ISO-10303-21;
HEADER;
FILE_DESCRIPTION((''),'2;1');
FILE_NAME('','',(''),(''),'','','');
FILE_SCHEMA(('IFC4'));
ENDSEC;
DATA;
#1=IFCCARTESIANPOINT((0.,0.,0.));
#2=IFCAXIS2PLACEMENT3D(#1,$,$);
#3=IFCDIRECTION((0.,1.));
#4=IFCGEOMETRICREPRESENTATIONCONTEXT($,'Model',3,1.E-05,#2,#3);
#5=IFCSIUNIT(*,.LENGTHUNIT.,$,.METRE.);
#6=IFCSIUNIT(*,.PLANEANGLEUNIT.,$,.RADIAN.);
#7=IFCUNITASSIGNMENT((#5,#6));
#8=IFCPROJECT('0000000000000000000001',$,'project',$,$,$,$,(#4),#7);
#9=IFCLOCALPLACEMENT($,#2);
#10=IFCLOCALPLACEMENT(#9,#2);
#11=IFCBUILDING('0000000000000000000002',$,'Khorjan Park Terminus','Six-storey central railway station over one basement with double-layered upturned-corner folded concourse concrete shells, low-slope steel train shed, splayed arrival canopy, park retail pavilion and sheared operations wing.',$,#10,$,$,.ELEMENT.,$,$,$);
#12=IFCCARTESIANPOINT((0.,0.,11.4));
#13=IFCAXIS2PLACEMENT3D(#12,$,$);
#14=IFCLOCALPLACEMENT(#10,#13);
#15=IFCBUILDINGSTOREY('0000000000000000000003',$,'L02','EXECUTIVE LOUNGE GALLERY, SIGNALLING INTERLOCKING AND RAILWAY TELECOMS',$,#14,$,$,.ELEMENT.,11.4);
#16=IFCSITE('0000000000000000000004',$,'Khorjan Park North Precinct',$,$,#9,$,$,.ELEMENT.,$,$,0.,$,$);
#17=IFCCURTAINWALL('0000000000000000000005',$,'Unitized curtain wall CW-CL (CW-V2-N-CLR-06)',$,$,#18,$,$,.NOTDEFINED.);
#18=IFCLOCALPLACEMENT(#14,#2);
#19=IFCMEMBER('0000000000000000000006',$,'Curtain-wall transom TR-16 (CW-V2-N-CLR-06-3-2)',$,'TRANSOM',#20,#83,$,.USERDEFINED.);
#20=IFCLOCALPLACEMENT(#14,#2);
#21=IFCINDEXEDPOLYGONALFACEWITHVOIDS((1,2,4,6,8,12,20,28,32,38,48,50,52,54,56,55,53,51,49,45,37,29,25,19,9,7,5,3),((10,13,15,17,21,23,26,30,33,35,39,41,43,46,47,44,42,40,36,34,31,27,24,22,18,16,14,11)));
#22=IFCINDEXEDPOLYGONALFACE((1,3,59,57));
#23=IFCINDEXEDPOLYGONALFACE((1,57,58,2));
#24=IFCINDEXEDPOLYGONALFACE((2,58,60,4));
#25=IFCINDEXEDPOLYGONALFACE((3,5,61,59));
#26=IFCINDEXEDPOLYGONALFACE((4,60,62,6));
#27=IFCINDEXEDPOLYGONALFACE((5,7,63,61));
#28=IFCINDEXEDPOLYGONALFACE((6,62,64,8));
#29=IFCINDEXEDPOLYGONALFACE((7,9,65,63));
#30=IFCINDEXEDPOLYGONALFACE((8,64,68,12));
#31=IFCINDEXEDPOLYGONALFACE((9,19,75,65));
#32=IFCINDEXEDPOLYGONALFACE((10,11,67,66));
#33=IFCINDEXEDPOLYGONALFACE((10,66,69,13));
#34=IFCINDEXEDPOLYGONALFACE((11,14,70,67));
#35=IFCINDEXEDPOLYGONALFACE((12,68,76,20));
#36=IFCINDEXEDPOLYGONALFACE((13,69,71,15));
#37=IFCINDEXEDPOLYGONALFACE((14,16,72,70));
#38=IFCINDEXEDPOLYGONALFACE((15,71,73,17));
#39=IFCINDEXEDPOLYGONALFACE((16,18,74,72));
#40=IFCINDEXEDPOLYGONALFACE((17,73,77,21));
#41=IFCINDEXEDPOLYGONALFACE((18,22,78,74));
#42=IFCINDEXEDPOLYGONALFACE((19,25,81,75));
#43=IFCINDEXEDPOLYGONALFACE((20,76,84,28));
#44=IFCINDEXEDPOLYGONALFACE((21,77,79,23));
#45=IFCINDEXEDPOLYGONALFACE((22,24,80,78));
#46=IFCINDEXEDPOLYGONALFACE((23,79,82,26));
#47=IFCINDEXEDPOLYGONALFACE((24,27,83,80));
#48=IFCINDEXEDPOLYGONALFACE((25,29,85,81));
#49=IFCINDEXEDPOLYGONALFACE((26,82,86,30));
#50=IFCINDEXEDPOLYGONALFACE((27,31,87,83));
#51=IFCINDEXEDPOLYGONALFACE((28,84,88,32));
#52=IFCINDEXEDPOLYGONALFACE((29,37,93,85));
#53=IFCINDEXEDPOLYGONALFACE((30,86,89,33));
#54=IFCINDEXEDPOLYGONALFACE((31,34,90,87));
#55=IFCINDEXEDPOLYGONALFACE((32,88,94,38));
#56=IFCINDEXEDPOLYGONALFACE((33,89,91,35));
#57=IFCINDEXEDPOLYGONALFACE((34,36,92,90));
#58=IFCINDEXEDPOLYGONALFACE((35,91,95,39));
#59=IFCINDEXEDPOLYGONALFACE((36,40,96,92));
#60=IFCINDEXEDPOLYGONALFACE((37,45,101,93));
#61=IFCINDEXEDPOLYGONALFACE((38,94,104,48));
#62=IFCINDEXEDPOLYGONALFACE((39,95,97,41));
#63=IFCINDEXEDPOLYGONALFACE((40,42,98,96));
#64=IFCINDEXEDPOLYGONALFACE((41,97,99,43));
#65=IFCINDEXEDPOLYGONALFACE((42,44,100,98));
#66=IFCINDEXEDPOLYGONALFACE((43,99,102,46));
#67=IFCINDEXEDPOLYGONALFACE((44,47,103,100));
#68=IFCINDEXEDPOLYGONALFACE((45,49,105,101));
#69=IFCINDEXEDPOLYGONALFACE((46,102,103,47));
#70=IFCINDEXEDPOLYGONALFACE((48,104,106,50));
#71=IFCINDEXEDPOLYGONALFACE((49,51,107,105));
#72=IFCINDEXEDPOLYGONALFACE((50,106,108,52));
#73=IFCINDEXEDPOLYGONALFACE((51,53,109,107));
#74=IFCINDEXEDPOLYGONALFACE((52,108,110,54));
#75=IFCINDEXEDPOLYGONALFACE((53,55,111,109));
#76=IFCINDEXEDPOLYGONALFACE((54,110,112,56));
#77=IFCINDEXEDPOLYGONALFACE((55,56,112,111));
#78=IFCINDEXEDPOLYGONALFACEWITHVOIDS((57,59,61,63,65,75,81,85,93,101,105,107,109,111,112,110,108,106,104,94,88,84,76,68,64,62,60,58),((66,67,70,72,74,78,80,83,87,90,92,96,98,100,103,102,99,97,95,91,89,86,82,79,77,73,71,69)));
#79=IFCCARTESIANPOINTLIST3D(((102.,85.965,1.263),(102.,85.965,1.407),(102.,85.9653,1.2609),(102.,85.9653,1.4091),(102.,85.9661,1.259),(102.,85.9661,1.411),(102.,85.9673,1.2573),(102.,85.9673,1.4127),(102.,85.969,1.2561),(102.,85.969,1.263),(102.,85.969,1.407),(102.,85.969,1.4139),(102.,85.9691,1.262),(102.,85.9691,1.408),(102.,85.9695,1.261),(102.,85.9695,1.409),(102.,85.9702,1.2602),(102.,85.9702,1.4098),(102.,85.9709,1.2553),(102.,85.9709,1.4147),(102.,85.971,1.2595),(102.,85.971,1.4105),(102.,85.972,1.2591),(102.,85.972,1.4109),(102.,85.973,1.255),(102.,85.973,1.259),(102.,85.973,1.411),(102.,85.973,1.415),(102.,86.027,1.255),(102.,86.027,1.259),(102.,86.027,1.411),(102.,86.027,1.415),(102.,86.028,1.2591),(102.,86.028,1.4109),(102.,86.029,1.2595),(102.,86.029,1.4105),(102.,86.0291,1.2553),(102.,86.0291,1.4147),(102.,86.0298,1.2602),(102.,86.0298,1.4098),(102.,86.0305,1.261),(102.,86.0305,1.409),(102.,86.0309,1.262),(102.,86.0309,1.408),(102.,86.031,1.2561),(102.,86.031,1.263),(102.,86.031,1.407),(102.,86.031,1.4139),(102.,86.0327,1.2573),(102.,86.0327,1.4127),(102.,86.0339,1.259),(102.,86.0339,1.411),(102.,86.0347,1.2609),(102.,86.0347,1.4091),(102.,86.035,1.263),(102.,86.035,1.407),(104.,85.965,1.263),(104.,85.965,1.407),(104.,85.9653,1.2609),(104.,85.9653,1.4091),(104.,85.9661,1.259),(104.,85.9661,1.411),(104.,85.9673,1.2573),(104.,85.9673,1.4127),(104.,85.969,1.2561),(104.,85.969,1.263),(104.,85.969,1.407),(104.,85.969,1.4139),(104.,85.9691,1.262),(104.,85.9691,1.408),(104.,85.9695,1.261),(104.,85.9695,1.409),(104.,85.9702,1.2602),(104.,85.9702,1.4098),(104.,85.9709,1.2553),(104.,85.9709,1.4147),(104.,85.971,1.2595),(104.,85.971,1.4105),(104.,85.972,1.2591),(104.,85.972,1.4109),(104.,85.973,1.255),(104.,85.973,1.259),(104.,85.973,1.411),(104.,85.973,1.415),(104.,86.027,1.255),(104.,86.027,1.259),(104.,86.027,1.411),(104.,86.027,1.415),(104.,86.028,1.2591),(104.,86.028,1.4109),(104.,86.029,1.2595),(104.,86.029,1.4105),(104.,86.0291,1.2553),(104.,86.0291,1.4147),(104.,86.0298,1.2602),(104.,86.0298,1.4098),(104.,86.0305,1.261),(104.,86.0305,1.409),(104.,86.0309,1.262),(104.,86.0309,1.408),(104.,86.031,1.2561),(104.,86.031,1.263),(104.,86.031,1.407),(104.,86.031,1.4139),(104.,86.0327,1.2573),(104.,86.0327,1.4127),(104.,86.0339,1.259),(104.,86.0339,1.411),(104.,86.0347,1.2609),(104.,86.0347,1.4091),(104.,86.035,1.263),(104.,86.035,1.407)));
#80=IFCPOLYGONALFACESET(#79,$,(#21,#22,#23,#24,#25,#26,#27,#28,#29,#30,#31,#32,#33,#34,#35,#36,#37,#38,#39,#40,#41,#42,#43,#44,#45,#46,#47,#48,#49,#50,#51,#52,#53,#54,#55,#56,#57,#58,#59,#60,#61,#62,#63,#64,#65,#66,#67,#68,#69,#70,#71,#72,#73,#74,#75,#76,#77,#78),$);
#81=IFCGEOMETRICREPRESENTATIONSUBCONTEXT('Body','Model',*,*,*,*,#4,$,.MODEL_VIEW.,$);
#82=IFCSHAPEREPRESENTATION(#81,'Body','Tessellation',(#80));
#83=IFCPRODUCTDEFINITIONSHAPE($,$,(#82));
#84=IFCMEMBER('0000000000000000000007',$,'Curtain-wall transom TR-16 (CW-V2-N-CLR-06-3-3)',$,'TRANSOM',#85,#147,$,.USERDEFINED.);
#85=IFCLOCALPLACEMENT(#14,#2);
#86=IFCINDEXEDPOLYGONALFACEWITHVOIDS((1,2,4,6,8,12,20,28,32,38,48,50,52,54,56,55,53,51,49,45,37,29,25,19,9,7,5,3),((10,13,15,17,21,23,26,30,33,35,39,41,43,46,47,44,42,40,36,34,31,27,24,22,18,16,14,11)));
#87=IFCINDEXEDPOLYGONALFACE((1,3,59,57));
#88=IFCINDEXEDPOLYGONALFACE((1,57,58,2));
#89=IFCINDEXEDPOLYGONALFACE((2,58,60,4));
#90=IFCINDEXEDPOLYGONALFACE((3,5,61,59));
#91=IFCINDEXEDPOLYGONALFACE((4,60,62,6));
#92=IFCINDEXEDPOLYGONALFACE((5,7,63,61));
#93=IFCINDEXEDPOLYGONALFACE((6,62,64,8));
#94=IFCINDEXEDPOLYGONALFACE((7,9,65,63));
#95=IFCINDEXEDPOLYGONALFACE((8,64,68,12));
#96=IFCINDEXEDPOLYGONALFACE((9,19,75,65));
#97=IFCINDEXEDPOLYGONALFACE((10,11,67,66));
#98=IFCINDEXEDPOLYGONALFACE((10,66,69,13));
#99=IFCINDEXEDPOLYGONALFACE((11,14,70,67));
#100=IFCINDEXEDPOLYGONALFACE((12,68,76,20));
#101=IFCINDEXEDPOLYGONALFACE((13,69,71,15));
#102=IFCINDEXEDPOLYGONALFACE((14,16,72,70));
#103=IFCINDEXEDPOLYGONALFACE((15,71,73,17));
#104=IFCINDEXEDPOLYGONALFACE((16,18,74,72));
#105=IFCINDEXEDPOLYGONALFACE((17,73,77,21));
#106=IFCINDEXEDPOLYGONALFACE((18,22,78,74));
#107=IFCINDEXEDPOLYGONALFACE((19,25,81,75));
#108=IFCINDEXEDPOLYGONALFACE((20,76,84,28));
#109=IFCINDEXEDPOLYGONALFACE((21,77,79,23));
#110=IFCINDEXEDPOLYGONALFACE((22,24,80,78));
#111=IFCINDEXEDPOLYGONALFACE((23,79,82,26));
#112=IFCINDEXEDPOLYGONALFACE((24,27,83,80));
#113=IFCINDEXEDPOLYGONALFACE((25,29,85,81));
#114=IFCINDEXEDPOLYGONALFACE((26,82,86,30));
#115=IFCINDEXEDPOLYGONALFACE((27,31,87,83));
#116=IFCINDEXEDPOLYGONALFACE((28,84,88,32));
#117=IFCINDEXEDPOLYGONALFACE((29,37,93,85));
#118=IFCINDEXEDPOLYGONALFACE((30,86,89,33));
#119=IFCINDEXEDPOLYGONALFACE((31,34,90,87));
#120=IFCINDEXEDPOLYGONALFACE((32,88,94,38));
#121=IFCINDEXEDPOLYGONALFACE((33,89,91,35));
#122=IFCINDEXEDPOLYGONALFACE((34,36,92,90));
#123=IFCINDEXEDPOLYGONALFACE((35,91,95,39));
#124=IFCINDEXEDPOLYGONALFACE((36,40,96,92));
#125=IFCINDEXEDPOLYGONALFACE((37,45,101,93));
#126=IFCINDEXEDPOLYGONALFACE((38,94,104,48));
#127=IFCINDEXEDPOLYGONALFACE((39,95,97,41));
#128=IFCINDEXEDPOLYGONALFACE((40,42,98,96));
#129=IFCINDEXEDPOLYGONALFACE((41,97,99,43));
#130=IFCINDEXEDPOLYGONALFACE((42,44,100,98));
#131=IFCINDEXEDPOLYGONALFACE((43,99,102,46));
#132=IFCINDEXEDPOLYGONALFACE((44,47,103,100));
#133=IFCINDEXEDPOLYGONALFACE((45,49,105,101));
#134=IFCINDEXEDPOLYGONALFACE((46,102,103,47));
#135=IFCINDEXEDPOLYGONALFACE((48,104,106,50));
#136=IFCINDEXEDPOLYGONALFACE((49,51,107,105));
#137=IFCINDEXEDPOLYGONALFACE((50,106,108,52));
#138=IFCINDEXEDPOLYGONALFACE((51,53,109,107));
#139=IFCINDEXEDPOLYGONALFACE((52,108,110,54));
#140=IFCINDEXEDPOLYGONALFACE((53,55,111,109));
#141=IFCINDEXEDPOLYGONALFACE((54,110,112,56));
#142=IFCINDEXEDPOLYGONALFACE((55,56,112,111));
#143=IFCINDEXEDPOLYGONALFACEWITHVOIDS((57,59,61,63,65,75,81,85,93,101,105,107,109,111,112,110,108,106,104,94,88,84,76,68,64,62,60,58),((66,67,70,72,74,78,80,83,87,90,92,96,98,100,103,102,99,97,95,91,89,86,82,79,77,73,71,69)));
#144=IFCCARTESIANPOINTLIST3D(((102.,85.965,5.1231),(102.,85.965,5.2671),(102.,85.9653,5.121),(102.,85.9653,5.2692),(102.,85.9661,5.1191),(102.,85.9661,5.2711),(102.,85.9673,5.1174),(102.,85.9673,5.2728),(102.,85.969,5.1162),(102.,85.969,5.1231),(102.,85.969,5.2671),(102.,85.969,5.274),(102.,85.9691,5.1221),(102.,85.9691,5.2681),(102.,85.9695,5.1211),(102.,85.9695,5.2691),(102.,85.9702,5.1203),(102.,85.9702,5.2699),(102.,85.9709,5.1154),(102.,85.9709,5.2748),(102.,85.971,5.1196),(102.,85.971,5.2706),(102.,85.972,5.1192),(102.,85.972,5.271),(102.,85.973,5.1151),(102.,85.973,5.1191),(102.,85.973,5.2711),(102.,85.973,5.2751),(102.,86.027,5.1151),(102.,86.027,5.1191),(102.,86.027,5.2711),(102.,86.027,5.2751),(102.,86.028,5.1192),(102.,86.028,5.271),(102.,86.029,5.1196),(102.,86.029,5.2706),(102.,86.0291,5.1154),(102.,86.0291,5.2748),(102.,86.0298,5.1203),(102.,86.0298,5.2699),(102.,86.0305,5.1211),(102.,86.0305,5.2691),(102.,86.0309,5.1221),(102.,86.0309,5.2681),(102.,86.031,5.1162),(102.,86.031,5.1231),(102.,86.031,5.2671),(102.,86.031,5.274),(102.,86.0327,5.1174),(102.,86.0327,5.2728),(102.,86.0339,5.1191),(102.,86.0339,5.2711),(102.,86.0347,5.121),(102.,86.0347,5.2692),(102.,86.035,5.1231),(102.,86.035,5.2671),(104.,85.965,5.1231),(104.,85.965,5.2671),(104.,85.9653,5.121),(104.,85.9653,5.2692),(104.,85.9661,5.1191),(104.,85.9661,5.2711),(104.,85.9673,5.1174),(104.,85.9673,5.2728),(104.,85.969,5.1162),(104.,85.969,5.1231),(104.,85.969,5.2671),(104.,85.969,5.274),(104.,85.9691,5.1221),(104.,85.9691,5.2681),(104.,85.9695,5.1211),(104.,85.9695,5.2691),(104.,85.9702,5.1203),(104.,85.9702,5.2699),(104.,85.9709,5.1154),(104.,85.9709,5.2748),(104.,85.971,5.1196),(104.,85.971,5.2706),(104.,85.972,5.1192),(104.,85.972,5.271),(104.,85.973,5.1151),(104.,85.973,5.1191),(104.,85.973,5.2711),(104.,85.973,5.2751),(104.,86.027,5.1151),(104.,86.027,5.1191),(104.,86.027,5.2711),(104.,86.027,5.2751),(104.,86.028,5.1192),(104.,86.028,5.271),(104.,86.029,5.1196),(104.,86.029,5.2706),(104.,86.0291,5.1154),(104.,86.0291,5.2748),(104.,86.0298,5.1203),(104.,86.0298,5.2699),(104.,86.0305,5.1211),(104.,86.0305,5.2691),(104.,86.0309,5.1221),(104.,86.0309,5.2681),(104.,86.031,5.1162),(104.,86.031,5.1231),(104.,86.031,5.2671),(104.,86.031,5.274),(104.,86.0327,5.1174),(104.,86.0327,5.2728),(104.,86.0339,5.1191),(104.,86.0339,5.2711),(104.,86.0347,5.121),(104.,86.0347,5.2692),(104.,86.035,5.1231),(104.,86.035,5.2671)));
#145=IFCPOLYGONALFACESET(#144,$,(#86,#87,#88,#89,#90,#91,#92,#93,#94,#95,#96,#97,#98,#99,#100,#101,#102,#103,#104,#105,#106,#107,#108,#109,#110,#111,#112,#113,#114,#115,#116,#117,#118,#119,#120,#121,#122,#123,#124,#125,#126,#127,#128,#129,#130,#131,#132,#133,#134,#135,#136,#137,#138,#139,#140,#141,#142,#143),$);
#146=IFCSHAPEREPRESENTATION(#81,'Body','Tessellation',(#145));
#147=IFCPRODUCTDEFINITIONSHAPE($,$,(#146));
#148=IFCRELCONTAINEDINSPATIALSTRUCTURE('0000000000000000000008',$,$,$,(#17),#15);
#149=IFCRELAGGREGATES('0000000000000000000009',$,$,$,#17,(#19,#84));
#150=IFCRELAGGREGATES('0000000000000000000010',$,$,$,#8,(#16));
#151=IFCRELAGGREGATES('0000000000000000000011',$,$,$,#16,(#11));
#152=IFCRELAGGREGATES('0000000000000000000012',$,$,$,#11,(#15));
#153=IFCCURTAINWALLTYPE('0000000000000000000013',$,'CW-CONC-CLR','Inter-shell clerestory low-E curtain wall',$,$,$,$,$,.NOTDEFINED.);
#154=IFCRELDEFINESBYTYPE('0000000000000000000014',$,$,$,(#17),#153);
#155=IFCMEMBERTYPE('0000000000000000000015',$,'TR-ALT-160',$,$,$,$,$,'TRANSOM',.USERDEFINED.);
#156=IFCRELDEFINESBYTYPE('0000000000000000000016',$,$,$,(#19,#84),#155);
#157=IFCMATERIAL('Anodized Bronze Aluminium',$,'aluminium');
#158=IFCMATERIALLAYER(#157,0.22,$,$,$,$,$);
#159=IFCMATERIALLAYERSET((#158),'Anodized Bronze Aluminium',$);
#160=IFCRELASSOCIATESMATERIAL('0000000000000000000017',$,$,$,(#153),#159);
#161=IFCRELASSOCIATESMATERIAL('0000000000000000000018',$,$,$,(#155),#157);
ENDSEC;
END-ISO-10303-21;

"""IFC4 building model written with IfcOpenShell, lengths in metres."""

from ifc_helpers import new_model, si_unit, direction, frame, origin, origin_2d, place, context, subcontext, project, spatial, hollow_rectangle, extrude, material, layer, layer_set, material_profile, profile_set, type_object, element, aggregate, save


model = new_model("IFC4")

# Units and contexts
model_context = context("Model", 3, precision=1e-05, world=origin(), true_north=direction((0.0, 1.0)))
body_context = subcontext(model_context, "Body", "Model", "MODEL_VIEW")
ifc_project = project(units=[si_unit("LENGTHUNIT", "METRE"), si_unit("PLANEANGLEUNIT", "RADIAN")], contexts=[model_context])

# Site, building, storey
site_placement = place(None, origin())
site = spatial("IfcSite", under=ifc_project, at=site_placement, Name="Khorjan Park North Precinct", CompositionType="ELEMENT", RefElevation=0.0)
building_placement = place(site_placement, origin())
building = spatial("IfcBuilding", under=site, at=building_placement, Name="Khorjan Park Terminus", Description="Six-storey central railway station over one basement with double-layered upturned-corner folded concourse concrete shells, low-slope steel train shed, splayed arrival canopy, park retail pavilion and sheared operations wing.", CompositionType="ELEMENT")
storey_placement = place(building_placement, frame((0.0, 0.0, 11.4)))
storey = spatial("IfcBuildingStorey", under=building, at=storey_placement, Name="L02", Description="EXECUTIVE LOUNGE GALLERY, SIGNALLING INTERLOCKING AND RAILWAY TELECOMS", CompositionType="ELEMENT", Elevation=11.4)

# Curtain wall, members
ifc_material_1 = material(Name="Anodized Bronze Aluminium", Category="aluminium")
ifc_layer_1 = layer(ifc_material_1, 0.22)
ifc_layer_set_1 = layer_set([ifc_layer_1], Name="Anodized Bronze Aluminium")
curtain_wall_type = type_object("IfcCurtainWallType", Name="CW-CONC-CLR", Description="Inter-shell clerestory low-E curtain wall", PredefinedType="NOTDEFINED", material=ifc_layer_set_1)
curtain_wall_placement = place(storey_placement, origin())
curtain_wall = element("IfcCurtainWall", 1, at=curtain_wall_placement, inside=storey, type_object=curtain_wall_type, Name="Unitized curtain wall CW-CL (CW-V2-N-CLR-06)", PredefinedType="NOTDEFINED")
ifc_material_profile_1 = material_profile(ifc_material_1, hollow_rectangle(XDim=0.07, YDim=0.16, WallThickness=0.004, InnerFilletRadius=0.004, OuterFilletRadius=0.008, at=origin_2d()), Name="ALT 70x160x4")
ifc_profile_set_1 = profile_set([ifc_material_profile_1], Name="Anodized Bronze Aluminium")
member_type_1 = type_object("IfcMemberType", Name="TR-ALT-160", ElementType="TRANSOM", PredefinedType="USERDEFINED", material=ifc_profile_set_1)
member_1_placement = place(storey_placement, frame((104.0, 86.0, 1.335), z_axis=(-1.0, 0.0, 0.0), x_axis=(0.0, -1.0, 0.0)))
member_1 = element("IfcMember", 2, at=member_1_placement, type_object=member_type_1, Name="Curtain-wall transom TR-16 (CW-V2-N-CLR-06-3-2)", ObjectType="TRANSOM", PredefinedType="USERDEFINED", context=body_context, shape_type="SweptSolid", body=[
    extrude(hollow_rectangle(XDim=0.07, YDim=0.16, WallThickness=0.004, InnerFilletRadius=0.004, OuterFilletRadius=0.008, at=origin_2d()), origin(), (0.0, 0.0, 1.0), 2.0),
])
member_2_placement = place(storey_placement, frame((104.0, 86.0, 5.1951), z_axis=(-1.0, 0.0, 0.0), x_axis=(0.0, -1.0, 0.0)))
member_2 = element("IfcMember", 3, at=member_2_placement, type_object=member_type_1, Name="Curtain-wall transom TR-16 (CW-V2-N-CLR-06-3-3)", ObjectType="TRANSOM", PredefinedType="USERDEFINED", context=body_context, shape_type="SweptSolid", body=[
    extrude(hollow_rectangle(XDim=0.07, YDim=0.16, WallThickness=0.004, InnerFilletRadius=0.004, OuterFilletRadius=0.008, at=origin_2d()), origin(), (0.0, 0.0, 1.0), 2.0),
])

aggregate(curtain_wall, [member_1, member_2])

save(model, "model.ifc")
